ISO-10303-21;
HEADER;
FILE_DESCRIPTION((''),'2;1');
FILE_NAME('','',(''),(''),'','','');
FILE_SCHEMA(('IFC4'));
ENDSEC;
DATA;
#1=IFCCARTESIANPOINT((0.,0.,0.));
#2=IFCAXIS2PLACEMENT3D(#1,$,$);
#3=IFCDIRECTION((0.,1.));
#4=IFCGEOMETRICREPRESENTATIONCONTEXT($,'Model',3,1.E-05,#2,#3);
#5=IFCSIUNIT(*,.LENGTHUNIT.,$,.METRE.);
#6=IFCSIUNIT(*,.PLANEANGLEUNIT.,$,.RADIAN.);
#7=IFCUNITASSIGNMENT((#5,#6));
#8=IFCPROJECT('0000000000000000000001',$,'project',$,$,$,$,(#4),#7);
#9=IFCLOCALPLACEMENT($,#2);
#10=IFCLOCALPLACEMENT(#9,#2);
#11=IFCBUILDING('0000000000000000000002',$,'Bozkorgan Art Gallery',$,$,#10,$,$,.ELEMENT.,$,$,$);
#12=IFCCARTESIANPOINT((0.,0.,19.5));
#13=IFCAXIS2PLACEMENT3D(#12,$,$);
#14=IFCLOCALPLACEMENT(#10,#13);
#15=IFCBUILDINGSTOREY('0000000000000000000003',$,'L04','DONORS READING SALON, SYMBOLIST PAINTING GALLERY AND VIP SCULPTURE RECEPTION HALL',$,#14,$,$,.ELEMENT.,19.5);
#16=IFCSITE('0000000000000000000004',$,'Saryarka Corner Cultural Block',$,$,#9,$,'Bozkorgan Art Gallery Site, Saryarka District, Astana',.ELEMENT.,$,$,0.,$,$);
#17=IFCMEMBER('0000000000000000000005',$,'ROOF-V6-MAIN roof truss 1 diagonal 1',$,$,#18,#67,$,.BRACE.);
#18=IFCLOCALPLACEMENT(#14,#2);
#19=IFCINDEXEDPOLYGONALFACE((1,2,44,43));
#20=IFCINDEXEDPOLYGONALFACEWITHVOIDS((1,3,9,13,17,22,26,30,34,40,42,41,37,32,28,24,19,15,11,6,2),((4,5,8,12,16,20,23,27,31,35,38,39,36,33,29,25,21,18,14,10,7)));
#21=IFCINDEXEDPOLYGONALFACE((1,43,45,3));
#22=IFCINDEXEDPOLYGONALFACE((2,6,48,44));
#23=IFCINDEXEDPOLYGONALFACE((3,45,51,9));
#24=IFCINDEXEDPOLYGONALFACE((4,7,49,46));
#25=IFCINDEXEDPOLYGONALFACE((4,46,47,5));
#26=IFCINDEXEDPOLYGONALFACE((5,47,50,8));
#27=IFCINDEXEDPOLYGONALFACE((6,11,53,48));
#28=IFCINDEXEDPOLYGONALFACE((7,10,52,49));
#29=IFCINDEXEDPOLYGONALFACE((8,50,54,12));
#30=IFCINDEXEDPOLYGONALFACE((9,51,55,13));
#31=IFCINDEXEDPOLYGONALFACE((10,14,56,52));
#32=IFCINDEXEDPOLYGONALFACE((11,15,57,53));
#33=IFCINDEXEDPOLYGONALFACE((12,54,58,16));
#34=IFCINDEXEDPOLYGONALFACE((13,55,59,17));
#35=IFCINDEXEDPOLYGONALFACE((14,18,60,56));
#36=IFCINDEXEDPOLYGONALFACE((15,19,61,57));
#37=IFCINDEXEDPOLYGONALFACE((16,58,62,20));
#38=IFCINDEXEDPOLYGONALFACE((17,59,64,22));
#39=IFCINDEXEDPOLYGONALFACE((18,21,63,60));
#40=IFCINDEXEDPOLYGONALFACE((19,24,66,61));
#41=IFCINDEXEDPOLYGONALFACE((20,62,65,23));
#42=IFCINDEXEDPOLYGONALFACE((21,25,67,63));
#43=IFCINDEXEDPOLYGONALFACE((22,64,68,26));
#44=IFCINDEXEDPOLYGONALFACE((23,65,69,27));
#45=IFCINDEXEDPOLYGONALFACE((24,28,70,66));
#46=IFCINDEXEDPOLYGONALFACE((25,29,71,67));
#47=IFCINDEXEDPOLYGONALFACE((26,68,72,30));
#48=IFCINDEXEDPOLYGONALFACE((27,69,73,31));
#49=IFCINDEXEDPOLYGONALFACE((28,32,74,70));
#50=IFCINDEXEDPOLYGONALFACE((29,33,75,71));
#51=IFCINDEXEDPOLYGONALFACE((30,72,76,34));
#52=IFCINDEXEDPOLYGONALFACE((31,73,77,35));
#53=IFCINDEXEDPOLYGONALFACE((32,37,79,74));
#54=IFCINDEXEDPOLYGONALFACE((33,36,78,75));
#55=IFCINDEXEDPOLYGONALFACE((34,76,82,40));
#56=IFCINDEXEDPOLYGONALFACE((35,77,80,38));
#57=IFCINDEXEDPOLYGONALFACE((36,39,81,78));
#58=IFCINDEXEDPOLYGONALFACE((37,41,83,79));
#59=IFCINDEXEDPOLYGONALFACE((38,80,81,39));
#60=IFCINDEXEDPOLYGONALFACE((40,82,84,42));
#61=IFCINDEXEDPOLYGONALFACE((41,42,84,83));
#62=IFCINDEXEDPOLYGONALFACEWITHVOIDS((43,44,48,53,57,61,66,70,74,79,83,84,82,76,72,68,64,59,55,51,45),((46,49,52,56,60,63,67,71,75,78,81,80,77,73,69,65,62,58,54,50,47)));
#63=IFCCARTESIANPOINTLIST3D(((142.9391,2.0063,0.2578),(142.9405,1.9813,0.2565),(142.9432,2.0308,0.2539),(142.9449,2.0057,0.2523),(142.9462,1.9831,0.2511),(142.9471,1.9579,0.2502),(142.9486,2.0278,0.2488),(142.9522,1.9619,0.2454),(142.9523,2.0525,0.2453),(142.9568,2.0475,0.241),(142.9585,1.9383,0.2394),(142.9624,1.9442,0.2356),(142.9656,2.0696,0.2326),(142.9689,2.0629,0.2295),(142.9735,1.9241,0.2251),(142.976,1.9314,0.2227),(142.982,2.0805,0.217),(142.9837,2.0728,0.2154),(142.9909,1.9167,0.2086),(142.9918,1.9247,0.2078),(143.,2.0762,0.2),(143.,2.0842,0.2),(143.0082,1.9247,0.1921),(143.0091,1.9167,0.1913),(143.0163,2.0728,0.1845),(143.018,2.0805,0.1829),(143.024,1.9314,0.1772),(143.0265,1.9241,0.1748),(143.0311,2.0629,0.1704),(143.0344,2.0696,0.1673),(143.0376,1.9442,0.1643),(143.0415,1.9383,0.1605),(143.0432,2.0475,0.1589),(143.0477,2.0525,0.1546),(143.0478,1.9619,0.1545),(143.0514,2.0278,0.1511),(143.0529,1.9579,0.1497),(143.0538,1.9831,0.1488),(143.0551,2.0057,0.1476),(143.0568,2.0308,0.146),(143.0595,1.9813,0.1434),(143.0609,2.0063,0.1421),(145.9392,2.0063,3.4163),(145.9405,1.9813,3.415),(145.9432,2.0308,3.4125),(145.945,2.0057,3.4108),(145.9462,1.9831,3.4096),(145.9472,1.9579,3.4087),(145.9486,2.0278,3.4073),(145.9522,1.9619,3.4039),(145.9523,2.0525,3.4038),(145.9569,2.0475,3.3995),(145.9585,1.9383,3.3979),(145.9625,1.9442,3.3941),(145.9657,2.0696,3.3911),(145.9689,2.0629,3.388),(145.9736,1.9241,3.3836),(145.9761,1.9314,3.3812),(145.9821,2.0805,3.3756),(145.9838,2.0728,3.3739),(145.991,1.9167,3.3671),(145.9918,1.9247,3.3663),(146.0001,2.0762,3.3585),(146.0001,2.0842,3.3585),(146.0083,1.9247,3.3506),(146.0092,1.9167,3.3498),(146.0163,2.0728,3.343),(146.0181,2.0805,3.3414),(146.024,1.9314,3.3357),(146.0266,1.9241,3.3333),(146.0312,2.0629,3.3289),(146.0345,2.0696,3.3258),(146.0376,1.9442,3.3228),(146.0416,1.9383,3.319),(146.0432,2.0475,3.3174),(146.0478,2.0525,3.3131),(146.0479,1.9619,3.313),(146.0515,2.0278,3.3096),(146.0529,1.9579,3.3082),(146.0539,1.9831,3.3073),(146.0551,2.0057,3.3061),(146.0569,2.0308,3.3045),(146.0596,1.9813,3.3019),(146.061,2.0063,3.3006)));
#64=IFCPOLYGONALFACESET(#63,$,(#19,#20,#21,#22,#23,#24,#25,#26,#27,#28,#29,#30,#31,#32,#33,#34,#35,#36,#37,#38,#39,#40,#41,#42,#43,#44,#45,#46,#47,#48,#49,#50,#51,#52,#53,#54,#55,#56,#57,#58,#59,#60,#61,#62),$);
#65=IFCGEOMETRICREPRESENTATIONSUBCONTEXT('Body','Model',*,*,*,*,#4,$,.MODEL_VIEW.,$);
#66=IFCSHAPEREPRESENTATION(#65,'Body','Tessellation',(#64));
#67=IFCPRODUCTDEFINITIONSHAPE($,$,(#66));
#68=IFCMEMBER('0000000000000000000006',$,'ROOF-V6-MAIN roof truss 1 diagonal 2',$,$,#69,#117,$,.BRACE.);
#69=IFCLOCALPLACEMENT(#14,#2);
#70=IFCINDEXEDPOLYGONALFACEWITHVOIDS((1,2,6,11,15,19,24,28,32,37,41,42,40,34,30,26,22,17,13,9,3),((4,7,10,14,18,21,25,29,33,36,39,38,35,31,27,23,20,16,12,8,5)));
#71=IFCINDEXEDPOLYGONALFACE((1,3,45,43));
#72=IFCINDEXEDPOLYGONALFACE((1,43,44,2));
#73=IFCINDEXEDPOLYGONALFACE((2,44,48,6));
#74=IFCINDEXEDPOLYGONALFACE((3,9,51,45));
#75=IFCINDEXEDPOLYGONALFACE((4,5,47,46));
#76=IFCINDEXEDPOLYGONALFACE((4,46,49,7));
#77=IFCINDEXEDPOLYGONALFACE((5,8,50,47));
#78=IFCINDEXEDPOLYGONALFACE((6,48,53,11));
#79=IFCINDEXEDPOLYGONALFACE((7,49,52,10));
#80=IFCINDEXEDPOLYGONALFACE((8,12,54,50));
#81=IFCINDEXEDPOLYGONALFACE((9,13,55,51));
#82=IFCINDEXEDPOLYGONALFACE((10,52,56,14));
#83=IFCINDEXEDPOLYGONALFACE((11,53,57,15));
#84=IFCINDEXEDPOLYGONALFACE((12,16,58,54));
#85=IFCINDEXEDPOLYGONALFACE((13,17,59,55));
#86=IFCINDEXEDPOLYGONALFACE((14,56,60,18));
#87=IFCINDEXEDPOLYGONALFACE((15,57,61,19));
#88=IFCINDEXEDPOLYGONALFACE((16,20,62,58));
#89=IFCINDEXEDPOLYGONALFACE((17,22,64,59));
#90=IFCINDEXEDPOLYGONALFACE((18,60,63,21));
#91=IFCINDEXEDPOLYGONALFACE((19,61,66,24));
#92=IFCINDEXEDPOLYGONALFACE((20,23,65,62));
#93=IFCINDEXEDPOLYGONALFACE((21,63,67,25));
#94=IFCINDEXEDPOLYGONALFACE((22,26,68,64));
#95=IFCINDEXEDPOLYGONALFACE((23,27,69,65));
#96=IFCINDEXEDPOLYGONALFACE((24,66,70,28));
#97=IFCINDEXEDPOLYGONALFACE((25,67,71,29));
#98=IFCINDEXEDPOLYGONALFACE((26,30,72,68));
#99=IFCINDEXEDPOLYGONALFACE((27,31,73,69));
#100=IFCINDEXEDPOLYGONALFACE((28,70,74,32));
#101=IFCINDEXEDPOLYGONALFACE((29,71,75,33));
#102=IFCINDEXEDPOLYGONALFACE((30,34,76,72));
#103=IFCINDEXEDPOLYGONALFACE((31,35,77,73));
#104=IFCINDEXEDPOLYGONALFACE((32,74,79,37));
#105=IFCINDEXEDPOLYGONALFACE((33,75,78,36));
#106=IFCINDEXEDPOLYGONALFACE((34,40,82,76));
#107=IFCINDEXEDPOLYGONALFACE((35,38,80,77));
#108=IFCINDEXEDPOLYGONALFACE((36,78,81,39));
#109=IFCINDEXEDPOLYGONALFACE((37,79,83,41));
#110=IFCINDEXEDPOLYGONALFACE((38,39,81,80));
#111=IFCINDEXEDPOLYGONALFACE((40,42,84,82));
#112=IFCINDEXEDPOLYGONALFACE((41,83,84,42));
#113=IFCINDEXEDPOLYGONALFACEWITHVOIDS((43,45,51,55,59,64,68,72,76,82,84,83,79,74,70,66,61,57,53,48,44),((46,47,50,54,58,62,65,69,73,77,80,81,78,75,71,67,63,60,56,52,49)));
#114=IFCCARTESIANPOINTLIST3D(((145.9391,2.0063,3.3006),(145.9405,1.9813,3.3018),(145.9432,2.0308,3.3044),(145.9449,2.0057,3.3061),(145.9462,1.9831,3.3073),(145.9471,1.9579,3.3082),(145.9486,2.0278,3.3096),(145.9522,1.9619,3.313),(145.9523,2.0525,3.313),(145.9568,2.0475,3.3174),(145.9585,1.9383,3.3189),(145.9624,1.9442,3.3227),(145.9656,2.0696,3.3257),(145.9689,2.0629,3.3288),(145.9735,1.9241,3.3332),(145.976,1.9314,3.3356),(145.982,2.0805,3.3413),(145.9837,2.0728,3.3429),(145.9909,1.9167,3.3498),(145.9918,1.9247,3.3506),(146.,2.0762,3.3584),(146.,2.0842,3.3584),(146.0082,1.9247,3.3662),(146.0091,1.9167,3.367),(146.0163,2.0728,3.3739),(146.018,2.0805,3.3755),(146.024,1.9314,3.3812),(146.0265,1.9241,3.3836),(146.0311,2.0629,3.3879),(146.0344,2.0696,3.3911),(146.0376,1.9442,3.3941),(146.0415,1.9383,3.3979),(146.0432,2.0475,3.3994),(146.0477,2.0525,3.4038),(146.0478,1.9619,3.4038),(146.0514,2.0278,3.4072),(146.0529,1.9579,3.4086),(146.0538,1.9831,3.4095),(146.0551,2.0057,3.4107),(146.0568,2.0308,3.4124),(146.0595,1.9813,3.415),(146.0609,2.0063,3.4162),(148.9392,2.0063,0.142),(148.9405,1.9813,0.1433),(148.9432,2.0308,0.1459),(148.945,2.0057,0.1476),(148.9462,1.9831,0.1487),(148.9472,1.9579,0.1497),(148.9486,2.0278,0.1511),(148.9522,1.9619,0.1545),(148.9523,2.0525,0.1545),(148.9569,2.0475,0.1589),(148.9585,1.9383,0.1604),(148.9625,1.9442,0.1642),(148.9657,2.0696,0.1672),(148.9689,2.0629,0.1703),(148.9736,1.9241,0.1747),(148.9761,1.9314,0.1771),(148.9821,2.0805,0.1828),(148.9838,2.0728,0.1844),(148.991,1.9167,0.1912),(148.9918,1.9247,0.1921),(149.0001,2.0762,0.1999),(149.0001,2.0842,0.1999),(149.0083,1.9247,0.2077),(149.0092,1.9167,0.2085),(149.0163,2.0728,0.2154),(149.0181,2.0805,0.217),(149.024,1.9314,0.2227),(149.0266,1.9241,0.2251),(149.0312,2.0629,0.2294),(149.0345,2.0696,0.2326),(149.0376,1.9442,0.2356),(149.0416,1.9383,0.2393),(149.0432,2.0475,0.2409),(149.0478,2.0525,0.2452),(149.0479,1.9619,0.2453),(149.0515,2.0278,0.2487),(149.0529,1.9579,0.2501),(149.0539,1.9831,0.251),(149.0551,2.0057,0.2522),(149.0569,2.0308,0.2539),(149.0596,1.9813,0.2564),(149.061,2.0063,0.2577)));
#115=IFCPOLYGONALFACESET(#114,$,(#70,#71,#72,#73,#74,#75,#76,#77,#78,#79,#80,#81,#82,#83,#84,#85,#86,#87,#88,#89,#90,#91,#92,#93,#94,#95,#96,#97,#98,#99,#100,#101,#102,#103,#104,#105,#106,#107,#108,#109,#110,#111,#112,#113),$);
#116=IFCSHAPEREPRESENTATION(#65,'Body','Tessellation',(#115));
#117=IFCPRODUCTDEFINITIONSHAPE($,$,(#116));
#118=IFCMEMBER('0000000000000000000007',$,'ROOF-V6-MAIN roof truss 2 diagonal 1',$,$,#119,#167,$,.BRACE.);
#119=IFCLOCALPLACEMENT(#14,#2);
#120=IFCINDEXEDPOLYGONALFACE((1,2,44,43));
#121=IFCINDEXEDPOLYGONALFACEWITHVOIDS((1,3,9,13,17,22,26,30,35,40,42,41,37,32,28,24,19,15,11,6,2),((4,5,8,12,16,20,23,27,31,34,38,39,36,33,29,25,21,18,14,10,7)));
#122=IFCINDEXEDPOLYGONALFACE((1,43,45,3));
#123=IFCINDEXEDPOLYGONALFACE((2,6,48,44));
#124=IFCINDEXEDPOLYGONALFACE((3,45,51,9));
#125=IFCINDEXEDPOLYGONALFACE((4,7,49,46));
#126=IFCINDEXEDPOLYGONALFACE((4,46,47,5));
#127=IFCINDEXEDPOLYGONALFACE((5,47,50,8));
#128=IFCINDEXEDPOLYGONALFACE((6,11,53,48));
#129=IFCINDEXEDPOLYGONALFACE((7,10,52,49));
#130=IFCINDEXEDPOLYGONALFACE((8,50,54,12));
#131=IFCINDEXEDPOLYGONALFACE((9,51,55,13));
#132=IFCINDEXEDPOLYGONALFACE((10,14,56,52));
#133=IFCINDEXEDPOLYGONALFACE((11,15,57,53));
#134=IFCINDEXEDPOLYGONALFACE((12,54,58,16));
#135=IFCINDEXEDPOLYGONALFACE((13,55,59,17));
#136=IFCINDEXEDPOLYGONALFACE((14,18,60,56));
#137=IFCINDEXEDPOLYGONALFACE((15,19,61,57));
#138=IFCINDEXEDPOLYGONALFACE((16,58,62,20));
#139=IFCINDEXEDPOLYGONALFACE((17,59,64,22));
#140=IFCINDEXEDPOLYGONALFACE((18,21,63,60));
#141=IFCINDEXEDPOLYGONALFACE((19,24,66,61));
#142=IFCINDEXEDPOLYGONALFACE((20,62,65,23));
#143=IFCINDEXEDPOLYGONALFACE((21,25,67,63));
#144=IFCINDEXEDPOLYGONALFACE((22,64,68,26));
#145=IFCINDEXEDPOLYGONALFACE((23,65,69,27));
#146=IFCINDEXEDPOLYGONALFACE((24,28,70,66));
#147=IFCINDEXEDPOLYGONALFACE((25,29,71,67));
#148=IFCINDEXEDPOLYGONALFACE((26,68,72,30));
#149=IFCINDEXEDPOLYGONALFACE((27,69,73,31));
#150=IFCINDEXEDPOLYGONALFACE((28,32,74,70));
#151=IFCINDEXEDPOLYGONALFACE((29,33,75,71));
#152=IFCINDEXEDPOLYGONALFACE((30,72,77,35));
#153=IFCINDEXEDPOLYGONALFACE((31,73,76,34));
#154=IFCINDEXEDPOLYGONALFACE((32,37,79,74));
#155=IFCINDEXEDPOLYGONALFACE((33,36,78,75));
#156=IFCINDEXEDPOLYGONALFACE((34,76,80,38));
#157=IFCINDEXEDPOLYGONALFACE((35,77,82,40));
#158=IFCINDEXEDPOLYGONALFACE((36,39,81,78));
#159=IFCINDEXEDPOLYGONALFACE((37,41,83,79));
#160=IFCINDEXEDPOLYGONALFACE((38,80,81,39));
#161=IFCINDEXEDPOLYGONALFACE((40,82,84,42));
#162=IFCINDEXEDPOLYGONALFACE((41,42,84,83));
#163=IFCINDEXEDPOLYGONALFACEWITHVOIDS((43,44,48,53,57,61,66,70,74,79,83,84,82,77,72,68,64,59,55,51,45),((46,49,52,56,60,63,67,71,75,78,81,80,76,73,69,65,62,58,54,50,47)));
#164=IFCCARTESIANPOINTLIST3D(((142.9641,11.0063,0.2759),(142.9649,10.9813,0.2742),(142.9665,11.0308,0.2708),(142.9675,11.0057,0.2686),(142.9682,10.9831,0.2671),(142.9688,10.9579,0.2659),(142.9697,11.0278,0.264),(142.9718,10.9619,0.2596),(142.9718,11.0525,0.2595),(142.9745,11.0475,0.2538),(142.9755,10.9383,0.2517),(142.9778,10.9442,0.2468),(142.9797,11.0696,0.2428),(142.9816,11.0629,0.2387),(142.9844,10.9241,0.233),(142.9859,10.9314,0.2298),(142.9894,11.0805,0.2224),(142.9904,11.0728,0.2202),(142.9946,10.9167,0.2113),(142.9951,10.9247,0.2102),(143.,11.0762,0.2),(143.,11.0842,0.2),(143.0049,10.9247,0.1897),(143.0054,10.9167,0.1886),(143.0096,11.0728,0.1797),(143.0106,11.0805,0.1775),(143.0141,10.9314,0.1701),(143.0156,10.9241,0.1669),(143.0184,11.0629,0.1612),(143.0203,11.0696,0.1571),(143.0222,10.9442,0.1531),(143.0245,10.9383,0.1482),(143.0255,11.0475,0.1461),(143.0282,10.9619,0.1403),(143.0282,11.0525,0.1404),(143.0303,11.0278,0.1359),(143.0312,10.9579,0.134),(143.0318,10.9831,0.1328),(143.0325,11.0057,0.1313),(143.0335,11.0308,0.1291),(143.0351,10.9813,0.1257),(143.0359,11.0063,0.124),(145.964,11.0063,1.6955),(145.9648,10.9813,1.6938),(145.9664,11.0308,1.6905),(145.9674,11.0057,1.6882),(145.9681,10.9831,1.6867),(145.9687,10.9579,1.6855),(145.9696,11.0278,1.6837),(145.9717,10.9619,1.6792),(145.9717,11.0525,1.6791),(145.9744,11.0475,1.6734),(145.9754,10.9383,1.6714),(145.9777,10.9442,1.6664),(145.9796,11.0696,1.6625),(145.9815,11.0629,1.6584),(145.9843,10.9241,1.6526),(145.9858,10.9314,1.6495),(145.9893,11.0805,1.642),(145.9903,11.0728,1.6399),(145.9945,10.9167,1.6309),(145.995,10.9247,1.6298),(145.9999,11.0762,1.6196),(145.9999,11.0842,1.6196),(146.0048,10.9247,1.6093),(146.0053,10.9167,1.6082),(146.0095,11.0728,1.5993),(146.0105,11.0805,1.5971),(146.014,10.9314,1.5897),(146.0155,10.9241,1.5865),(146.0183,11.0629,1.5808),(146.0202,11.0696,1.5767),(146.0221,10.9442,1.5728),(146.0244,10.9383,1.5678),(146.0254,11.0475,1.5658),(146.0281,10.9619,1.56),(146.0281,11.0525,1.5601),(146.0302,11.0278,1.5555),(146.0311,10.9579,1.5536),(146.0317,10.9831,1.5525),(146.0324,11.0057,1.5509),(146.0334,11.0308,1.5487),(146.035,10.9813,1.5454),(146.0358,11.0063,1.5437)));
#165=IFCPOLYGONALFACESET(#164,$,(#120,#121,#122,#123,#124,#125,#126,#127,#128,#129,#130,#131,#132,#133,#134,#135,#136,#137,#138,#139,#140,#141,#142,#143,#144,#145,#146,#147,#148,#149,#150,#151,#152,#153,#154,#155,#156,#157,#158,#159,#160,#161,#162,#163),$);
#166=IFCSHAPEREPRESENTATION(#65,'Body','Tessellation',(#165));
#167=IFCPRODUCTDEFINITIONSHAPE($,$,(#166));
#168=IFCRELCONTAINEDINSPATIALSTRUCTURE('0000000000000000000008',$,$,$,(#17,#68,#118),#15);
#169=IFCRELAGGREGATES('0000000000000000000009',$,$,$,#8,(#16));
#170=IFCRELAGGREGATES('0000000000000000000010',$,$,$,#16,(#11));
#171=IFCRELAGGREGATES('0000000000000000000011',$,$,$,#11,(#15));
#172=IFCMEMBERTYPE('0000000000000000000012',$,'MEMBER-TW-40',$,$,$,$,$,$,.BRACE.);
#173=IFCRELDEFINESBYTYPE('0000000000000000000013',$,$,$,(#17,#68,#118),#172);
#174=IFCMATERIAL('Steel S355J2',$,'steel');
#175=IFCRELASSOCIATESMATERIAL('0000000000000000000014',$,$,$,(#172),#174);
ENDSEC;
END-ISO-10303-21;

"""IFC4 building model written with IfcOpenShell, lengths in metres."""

from ifc_helpers import new_model, si_unit, direction, frame, origin, origin_2d, place, context, subcontext, project, spatial, hollow_circle, extrude, material, material_profile, profile_set, type_object, element, save


model = new_model("IFC4")

# Units and contexts
model_context = context("Model", 3, precision=1e-05, world=origin(), true_north=direction((0.0, 1.0)))
body_context = subcontext(model_context, "Body", "Model", "MODEL_VIEW")
ifc_project = project(units=[si_unit("LENGTHUNIT", "METRE"), si_unit("PLANEANGLEUNIT", "RADIAN")], contexts=[model_context])

# Site, building, storey
site_placement = place(None, origin())
site = spatial("IfcSite", under=ifc_project, at=site_placement, Name="Saryarka Corner Cultural Block", LongName="Bozkorgan Art Gallery Site, Saryarka District, Astana", CompositionType="ELEMENT", RefElevation=0.0)
building_placement = place(site_placement, origin())
building = spatial("IfcBuilding", under=site, at=building_placement, Name="Bozkorgan Art Gallery", CompositionType="ELEMENT")
storey_placement = place(building_placement, frame((0.0, 0.0, 19.5)))
storey = spatial("IfcBuildingStorey", under=building, at=storey_placement, Name="L04", Description="DONORS READING SALON, SYMBOLIST PAINTING GALLERY AND VIP SCULPTURE RECEPTION HALL", CompositionType="ELEMENT", Elevation=19.5)

# Shared definitions
ifc_material_1 = material(Name="Steel S355J2", Category="steel")

# Members
ifc_material_profile_1 = material_profile(ifc_material_1, hollow_circle(Radius=0.0842, WallThickness=0.0081, at=origin_2d()), Name="CHS 168.3x8")
ifc_profile_set_1 = profile_set([ifc_material_profile_1], Name="Steel S355J2")
member_type_1 = type_object("IfcMemberType", Name="MEMBER-TW-40", PredefinedType="BRACE", material=ifc_profile_set_1)
for number, where, z_axis, x_axis, name in (
    (1, (143.0, 2.0, 0.2), (0.688686, 0.0, 0.72506), (0.0, 1.0, 0.0), "ROOF-V6-MAIN roof truss 1 diagonal 1"),
    (2, (146.0, 2.0, 3.3584), (0.688686, 0.0, -0.72506), (0.0, 1.0, 0.0), "ROOF-V6-MAIN roof truss 1 diagonal 2"),
):
    element("IfcMember", number, at=place(storey_placement, frame(where, z_axis=z_axis, x_axis=x_axis)), inside=storey, type_object=member_type_1, Name=name, PredefinedType="BRACE", context=body_context, shape_type="SweptSolid", body=[
        extrude(hollow_circle(Radius=0.0842, WallThickness=0.0081, at=origin_2d()), origin(), (0.0, 0.0, 1.0), 4.3562),
    ])
for number, where, z_axis, x_axis, name in (
    (3, (143.0, 11.0, 0.2), (0.903898, 0.0, 0.427748), (0.0, 1.0, 0.0), "ROOF-V6-MAIN roof truss 2 diagonal 1"),
):
    element("IfcMember", number, at=place(storey_placement, frame(where, z_axis=z_axis, x_axis=x_axis)), inside=storey, type_object=member_type_1, Name=name, PredefinedType="BRACE", context=body_context, shape_type="SweptSolid", body=[
        extrude(hollow_circle(Radius=0.0842, WallThickness=0.0081, at=origin_2d()), origin(), (0.0, 0.0, 1.0), 3.3188),
    ])

save(model, "model.ifc")
